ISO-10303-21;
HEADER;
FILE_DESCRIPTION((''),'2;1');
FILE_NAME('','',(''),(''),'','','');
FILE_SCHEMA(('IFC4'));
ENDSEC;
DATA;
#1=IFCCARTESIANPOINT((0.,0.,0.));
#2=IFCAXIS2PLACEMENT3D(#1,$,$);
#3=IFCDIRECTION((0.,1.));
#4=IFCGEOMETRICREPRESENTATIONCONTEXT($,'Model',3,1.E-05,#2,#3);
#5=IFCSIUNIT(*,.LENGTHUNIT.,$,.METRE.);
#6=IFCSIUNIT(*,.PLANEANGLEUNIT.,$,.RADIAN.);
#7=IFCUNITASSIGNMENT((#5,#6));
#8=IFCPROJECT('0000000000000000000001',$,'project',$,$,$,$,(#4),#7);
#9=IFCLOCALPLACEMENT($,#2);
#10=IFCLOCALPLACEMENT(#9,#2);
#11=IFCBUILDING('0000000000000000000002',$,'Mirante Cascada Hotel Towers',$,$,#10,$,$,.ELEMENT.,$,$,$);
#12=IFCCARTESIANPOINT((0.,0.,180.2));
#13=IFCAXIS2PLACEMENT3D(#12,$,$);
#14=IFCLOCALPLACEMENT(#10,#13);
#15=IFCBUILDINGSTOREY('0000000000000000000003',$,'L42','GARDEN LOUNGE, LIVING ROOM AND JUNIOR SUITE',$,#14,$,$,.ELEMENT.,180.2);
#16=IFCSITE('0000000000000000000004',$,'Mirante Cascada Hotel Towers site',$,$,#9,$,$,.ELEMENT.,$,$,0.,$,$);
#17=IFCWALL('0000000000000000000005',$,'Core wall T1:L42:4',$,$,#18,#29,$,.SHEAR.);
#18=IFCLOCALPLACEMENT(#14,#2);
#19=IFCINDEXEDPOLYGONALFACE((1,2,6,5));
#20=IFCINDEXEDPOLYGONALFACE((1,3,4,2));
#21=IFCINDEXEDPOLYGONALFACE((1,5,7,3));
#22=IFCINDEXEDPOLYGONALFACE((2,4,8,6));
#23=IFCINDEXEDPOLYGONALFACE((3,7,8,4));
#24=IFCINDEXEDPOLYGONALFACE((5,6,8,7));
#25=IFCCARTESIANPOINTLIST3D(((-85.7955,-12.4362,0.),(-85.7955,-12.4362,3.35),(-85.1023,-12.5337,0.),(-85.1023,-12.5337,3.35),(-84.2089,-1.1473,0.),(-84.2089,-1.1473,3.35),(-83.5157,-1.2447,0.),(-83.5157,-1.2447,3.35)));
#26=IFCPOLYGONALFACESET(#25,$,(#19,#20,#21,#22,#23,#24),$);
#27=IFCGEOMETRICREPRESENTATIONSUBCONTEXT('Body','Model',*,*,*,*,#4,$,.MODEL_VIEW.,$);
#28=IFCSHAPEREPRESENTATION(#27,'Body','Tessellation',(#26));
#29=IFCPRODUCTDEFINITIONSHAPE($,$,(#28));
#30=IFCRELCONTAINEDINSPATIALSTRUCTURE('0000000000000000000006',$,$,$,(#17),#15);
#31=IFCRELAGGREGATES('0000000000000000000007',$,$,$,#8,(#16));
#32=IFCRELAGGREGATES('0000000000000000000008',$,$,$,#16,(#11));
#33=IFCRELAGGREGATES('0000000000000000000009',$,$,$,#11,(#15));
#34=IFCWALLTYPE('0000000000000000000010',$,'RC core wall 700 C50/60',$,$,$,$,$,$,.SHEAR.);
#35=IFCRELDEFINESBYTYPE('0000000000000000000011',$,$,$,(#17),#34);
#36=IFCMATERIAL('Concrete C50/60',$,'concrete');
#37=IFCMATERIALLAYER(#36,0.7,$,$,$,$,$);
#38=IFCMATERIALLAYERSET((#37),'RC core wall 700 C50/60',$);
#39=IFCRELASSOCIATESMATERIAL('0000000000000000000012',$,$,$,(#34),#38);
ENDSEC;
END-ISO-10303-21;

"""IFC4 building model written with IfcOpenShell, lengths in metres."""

from ifc_helpers import new_model, si_unit, direction, frame, frame_2d, origin, place, context, subcontext, project, spatial, rectangle, extrude, material, layer, layer_set, type_object, element, save


model = new_model("IFC4")

# Units and contexts
model_context = context("Model", 3, precision=1e-05, world=origin(), true_north=direction((0.0, 1.0)))
body_context = subcontext(model_context, "Body", "Model", "MODEL_VIEW")
ifc_project = project(units=[si_unit("LENGTHUNIT", "METRE"), si_unit("PLANEANGLEUNIT", "RADIAN")], contexts=[model_context])

# Site, building, storey
site_placement = place(None, origin())
site = spatial("IfcSite", under=ifc_project, at=site_placement, Name="Mirante Cascada Hotel Towers site", CompositionType="ELEMENT", RefElevation=0.0)
building_placement = place(site_placement, origin())
building = spatial("IfcBuilding", under=site, at=building_placement, Name="Mirante Cascada Hotel Towers", CompositionType="ELEMENT")
storey_placement = place(building_placement, frame((0.0, 0.0, 180.2)))
storey = spatial("IfcBuildingStorey", under=building, at=storey_placement, Name="L42", Description="GARDEN LOUNGE, LIVING ROOM AND JUNIOR SUITE", CompositionType="ELEMENT", Elevation=180.2)

# Wall
ifc_material_1 = material(Name="Concrete C50/60", Category="concrete")
ifc_layer_1 = layer(ifc_material_1, 0.7)
ifc_layer_set_1 = layer_set([ifc_layer_1], Name="RC core wall 700 C50/60")
wall_type_1 = type_object("IfcWallType", Name="RC core wall 700 C50/60", PredefinedType="SHEAR", material=ifc_layer_set_1)
wall_1_placement = place(storey_placement, frame((-85.4489, -12.485, 0.0), z_axis=(0.0, 0.0, 1.0), x_axis=(0.139176, 0.990268, 0.0)))
element("IfcWall", 1, at=wall_1_placement, inside=storey, type_object=wall_type_1, Name="Core wall T1:L42:4", PredefinedType="SHEAR", context=body_context, shape_type="SweptSolid", body=[
    extrude(rectangle(XDim=11.3999, YDim=0.7, at=frame_2d((5.7, 0.0))), origin(), (0.0, 0.0, 1.0), 3.35),
])

save(model, "model.ifc")
